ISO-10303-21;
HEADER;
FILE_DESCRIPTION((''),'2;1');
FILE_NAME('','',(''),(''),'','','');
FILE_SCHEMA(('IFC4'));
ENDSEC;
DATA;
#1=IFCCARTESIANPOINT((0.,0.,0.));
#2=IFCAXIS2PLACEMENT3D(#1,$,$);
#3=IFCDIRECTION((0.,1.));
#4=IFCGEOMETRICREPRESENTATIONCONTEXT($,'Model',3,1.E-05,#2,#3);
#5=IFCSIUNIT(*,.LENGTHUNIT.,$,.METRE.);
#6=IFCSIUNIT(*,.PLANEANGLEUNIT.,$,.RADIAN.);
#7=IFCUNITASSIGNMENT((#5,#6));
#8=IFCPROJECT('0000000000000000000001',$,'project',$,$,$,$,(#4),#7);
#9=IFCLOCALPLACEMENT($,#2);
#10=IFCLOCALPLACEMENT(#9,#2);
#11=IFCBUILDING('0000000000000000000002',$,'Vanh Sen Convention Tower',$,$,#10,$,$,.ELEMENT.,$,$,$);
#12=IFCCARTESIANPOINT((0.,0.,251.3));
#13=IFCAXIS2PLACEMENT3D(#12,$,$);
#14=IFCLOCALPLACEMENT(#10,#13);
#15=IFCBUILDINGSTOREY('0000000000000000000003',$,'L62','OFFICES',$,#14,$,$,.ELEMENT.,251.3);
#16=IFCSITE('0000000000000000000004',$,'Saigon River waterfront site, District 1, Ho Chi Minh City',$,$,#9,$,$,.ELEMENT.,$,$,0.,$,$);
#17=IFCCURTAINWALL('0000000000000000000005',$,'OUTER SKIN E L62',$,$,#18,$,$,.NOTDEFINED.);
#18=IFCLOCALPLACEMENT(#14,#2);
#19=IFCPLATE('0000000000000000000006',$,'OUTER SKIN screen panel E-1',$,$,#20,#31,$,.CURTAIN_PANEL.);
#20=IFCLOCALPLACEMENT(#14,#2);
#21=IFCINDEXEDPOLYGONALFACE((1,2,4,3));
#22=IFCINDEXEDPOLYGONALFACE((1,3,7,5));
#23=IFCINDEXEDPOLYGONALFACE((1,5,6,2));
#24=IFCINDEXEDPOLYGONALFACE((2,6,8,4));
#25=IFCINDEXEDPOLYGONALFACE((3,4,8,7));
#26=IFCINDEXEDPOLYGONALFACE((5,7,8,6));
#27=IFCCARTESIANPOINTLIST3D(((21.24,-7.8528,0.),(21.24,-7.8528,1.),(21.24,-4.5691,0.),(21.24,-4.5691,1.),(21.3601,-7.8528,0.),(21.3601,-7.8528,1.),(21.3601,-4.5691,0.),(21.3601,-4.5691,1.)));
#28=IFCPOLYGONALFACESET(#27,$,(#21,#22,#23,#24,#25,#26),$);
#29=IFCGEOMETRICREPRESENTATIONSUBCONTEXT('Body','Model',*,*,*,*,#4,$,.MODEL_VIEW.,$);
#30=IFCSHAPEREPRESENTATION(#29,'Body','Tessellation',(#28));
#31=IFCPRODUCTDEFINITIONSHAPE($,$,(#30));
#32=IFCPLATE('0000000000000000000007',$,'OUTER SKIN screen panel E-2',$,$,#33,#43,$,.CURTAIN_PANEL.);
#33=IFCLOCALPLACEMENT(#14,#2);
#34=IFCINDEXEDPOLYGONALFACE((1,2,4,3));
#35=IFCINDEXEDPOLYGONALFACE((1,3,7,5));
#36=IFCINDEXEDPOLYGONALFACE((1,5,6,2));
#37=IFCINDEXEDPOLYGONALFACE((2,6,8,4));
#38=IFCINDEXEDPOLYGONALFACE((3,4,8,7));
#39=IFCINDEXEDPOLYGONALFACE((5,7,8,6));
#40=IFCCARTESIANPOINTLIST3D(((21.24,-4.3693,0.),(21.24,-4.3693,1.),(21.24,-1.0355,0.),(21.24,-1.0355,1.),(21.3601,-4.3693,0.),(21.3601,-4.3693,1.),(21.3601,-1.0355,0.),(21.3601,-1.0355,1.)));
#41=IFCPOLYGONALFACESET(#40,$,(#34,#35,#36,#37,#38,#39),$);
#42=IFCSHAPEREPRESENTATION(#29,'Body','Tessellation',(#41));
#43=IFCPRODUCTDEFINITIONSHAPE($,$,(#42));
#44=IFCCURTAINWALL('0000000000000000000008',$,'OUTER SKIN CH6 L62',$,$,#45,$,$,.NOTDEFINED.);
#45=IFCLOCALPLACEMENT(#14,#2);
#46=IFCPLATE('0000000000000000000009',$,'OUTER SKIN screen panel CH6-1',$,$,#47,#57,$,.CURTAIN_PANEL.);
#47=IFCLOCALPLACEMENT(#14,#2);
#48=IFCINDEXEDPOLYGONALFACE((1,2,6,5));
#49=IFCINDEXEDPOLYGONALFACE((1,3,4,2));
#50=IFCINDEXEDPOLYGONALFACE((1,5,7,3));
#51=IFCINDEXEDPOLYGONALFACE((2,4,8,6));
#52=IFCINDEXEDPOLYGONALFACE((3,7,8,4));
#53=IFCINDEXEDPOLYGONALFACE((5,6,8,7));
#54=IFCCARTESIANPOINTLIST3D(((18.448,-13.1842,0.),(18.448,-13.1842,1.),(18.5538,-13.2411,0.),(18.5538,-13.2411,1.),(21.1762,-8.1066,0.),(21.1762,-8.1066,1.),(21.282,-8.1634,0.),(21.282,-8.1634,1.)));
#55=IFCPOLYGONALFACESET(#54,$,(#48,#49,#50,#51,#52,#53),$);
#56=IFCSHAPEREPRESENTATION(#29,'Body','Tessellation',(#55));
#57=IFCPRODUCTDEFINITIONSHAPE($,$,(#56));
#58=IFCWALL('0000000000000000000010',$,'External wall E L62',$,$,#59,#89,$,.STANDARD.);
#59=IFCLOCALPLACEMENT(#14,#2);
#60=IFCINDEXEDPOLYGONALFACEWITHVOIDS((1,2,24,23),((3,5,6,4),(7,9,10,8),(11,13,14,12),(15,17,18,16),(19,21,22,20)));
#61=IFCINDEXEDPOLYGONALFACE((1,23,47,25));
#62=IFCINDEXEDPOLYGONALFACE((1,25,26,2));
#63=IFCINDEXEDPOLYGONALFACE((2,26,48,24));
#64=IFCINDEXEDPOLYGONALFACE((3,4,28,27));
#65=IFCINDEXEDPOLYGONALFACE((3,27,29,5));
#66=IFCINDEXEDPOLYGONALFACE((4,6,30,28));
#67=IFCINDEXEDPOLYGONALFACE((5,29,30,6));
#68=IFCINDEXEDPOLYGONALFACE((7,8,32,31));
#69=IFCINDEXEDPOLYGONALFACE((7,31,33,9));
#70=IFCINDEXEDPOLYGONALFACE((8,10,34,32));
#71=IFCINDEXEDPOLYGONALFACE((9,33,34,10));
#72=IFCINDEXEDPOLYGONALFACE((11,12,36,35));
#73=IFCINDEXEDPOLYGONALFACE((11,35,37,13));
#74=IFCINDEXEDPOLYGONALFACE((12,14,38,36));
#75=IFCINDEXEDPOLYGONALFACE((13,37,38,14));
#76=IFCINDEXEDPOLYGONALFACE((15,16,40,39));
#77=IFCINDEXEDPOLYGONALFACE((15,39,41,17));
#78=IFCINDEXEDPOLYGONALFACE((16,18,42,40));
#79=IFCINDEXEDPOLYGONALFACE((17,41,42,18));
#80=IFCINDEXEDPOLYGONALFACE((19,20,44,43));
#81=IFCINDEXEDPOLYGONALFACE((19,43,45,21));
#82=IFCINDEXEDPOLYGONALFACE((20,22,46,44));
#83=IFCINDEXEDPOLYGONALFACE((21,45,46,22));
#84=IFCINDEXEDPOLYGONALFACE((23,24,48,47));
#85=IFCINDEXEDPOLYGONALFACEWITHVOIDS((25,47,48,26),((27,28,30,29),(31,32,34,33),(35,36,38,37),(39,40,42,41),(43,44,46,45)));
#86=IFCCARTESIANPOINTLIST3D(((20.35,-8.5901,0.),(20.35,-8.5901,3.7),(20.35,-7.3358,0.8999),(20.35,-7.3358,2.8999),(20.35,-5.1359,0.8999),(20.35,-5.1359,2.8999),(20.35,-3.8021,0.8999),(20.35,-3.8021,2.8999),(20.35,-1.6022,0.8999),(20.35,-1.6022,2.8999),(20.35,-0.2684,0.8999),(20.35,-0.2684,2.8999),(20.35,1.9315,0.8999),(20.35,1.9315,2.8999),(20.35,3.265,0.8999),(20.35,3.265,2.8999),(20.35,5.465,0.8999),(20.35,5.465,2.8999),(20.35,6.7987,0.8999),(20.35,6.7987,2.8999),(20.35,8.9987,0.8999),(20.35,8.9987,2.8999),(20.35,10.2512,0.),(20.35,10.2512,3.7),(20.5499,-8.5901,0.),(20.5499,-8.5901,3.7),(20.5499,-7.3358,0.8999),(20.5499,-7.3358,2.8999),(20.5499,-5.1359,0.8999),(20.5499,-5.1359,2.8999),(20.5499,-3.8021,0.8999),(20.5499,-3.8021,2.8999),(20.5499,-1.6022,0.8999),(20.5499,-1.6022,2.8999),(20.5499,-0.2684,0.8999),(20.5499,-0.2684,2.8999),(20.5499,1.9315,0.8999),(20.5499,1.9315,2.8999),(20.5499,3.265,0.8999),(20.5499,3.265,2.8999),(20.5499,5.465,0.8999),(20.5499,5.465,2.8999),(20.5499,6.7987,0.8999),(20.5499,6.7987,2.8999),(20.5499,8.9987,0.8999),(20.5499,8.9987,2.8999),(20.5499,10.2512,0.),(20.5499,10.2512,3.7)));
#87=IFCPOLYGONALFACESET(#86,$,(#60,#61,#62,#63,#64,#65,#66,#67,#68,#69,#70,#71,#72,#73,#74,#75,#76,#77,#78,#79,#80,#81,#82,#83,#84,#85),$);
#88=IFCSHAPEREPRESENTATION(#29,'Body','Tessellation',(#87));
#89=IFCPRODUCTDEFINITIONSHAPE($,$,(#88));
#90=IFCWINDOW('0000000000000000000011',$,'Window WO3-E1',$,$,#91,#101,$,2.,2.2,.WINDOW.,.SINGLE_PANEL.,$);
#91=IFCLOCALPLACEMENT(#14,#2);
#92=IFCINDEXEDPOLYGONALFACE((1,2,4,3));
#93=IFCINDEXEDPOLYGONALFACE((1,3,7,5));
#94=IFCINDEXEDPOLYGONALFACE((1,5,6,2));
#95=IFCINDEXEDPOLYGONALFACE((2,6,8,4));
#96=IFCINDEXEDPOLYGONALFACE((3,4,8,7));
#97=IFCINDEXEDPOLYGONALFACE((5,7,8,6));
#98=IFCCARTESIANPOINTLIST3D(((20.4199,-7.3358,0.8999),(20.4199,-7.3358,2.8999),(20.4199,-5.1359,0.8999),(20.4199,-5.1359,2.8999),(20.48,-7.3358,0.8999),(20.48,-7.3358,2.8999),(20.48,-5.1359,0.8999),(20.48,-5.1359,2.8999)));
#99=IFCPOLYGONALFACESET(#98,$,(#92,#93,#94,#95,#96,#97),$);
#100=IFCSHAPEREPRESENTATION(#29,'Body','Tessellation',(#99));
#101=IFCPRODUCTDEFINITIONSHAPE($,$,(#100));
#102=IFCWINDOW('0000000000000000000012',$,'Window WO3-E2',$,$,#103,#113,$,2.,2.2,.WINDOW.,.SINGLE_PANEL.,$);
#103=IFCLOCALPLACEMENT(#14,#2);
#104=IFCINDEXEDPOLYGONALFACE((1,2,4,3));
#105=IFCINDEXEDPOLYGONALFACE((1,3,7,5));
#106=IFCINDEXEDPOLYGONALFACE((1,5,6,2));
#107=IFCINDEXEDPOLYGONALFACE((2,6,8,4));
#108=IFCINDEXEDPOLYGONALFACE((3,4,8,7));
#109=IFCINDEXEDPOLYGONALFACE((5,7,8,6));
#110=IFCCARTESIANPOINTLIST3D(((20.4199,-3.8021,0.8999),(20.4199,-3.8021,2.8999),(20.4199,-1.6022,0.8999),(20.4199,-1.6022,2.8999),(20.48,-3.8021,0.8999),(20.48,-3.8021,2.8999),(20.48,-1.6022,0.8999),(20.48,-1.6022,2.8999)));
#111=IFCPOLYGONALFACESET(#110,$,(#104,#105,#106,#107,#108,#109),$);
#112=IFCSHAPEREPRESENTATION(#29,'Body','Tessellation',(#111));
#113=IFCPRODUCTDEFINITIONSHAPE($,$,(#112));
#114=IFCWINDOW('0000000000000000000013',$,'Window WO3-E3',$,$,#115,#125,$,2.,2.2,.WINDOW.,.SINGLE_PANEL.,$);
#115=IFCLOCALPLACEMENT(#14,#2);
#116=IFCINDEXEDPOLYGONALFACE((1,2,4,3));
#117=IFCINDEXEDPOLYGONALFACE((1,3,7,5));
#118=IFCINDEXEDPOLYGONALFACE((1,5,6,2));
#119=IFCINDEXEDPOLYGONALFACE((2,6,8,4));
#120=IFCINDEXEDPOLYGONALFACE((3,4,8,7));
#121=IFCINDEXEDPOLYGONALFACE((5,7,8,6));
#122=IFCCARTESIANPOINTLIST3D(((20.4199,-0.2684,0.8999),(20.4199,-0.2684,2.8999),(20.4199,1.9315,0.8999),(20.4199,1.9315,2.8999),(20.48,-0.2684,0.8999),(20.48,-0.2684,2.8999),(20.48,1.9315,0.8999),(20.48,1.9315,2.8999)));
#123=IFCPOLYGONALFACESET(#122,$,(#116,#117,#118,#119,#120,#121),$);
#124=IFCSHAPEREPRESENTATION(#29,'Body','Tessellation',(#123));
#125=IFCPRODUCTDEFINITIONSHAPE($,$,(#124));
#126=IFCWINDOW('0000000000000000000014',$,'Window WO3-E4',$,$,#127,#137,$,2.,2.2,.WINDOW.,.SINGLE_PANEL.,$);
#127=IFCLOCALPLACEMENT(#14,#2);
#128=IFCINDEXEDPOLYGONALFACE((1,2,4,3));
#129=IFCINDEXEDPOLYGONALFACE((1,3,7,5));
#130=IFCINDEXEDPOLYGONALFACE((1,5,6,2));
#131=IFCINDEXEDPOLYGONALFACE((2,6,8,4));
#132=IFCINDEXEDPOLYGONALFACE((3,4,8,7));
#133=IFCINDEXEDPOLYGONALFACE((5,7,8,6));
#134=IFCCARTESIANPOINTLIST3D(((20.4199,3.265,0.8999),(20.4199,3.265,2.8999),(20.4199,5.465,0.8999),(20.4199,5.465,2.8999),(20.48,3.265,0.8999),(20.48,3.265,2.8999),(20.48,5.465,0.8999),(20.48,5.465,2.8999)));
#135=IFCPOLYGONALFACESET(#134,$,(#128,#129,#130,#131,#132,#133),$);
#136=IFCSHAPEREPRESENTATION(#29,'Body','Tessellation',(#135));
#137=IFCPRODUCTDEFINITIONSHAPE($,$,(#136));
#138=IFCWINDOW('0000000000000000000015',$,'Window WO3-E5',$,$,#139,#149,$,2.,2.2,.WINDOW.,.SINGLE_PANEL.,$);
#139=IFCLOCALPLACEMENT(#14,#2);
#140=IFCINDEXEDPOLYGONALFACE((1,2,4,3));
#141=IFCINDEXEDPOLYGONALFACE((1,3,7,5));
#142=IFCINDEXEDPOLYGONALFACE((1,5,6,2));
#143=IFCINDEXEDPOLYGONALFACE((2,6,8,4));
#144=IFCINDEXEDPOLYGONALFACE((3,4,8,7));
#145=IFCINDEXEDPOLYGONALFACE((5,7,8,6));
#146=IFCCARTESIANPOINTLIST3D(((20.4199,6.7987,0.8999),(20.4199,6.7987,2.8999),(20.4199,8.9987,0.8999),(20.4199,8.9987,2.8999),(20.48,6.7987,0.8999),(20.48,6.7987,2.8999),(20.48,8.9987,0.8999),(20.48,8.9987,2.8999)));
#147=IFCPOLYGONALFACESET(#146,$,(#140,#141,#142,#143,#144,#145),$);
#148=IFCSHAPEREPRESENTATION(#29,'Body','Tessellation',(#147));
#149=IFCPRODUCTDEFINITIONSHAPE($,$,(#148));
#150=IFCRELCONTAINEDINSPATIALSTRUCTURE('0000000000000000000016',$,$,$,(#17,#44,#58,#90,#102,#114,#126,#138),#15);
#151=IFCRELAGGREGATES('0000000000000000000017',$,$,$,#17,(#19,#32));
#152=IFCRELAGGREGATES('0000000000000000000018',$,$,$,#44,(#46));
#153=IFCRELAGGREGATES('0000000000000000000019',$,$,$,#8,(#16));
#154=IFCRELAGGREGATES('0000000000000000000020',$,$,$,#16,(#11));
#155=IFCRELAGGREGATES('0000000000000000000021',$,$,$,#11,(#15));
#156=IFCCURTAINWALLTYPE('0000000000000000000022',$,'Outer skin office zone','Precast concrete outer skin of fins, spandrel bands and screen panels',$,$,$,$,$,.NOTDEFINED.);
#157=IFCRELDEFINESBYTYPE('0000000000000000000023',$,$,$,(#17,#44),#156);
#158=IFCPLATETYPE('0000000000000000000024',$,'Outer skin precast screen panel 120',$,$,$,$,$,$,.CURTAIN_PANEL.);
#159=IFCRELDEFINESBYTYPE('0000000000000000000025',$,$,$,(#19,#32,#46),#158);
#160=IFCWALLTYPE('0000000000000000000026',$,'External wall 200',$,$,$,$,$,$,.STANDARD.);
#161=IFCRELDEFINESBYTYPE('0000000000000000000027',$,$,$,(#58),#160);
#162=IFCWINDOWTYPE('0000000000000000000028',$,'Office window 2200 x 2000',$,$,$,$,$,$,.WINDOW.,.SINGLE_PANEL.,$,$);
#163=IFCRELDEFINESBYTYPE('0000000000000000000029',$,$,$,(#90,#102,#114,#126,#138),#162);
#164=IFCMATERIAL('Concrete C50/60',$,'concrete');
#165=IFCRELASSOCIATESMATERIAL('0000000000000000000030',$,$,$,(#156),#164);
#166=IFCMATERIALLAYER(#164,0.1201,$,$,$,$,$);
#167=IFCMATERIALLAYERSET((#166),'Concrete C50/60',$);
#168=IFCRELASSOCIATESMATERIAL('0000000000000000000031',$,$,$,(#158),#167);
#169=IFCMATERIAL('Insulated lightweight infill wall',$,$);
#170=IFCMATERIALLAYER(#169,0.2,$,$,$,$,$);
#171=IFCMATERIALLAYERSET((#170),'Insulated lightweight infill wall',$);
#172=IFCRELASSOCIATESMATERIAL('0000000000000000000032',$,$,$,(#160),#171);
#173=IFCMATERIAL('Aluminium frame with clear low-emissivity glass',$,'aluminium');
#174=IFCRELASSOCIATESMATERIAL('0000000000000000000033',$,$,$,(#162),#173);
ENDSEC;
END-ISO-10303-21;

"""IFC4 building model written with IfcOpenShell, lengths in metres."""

from ifc_helpers import new_model, si_unit, direction, frame, frame_2d, origin, origin_2d, place, context, subcontext, project, spatial, rectangle, extrude, material, layer, layer_set, type_object, element, fill, aggregate, save


model = new_model("IFC4")

# Units and contexts
model_context = context("Model", 3, precision=1e-05, world=origin(), true_north=direction((0.0, 1.0)))
body_context = subcontext(model_context, "Body", "Model", "MODEL_VIEW")
ifc_project = project(units=[si_unit("LENGTHUNIT", "METRE"), si_unit("PLANEANGLEUNIT", "RADIAN")], contexts=[model_context])

# Site, building, storey
site_placement = place(None, origin())
site = spatial("IfcSite", under=ifc_project, at=site_placement, Name="Saigon River waterfront site, District 1, Ho Chi Minh City", CompositionType="ELEMENT", RefElevation=0.0)
building_placement = place(site_placement, origin())
building = spatial("IfcBuilding", under=site, at=building_placement, Name="Vanh Sen Convention Tower", CompositionType="ELEMENT")
storey_placement = place(building_placement, frame((0.0, 0.0, 251.3)))
storey = spatial("IfcBuildingStorey", under=building, at=storey_placement, Name="L62", Description="OFFICES", CompositionType="ELEMENT", Elevation=251.3)

# Curtain wall
ifc_material_1 = material(Name="Concrete C50/60", Category="concrete")
curtain_wall_type = type_object("IfcCurtainWallType", Name="Outer skin office zone", Description="Precast concrete outer skin of fins, spandrel bands and screen panels", PredefinedType="NOTDEFINED", material=ifc_material_1)
curtain_wall_1_placement = place(storey_placement, origin())
curtain_wall_1 = element("IfcCurtainWall", 1, at=curtain_wall_1_placement, inside=storey, type_object=curtain_wall_type, Name="OUTER SKIN E L62", PredefinedType="NOTDEFINED")

# Plates
ifc_layer_1 = layer(ifc_material_1, 0.1201)
ifc_layer_set_1 = layer_set([ifc_layer_1], Name="Concrete C50/60")
plate_type = type_object("IfcPlateType", Name="Outer skin precast screen panel 120", PredefinedType="CURTAIN_PANEL", material=ifc_layer_set_1)
plate_1_placement = place(storey_placement, frame((21.3, -6.2109, 0.0), z_axis=(0.0, 0.0, 1.0), x_axis=(0.0, 1.0, 0.0)))
plate_1 = element("IfcPlate", 2, at=plate_1_placement, type_object=plate_type, Name="OUTER SKIN screen panel E-1", PredefinedType="CURTAIN_PANEL", context=body_context, shape_type="SweptSolid", body=[
    extrude(rectangle(XDim=3.2837, YDim=0.1201, at=origin_2d()), origin(), (0.0, 0.0, 1.0), 1.0),
])
plate_2_placement = place(storey_placement, frame((21.3, -2.7024, 0.0), z_axis=(0.0, 0.0, 1.0), x_axis=(0.0, 1.0, 0.0)))
plate_2 = element("IfcPlate", 3, at=plate_2_placement, type_object=plate_type, Name="OUTER SKIN screen panel E-2", PredefinedType="CURTAIN_PANEL", context=body_context, shape_type="SweptSolid", body=[
    extrude(rectangle(XDim=3.3337, YDim=0.1201, at=origin_2d()), origin(), (0.0, 0.0, 1.0), 1.0),
])
aggregate(curtain_wall_1, [plate_1, plate_2])

# Curtain wall, plate
curtain_wall_2_placement = place(storey_placement, origin())
curtain_wall_2 = element("IfcCurtainWall", 4, at=curtain_wall_2_placement, inside=storey, type_object=curtain_wall_type, Name="OUTER SKIN CH6 L62", PredefinedType="NOTDEFINED")
plate_3_placement = place(storey_placement, frame((19.865, -10.6738, 0.0), z_axis=(0.0, 0.0, 1.0), x_axis=(0.473314, 0.880894, 0.0)))
plate_3 = element("IfcPlate", 5, at=plate_3_placement, type_object=plate_type, Name="OUTER SKIN screen panel CH6-1", PredefinedType="CURTAIN_PANEL", context=body_context, shape_type="SweptSolid", body=[
    extrude(rectangle(XDim=5.7642, YDim=0.1201, at=origin_2d()), origin(), (0.0, 0.0, 1.0), 1.0),
])
aggregate(curtain_wall_2, [plate_3])

# Wall, openings, windows
ifc_material_2 = material(Name="Insulated lightweight infill wall")
ifc_layer_2 = layer(ifc_material_2, 0.2)
ifc_layer_set_2 = layer_set([ifc_layer_2], Name="Insulated lightweight infill wall")
wall_type = type_object("IfcWallType", Name="External wall 200", PredefinedType="STANDARD", material=ifc_layer_set_2)
wall_1_placement = place(storey_placement, frame((20.45, -8.5901, 0.0), z_axis=(0.0, 0.0, 1.0), x_axis=(0.0, 1.0, 0.0)))
wall_1 = element("IfcWall", 6, at=wall_1_placement, inside=storey, type_object=wall_type, Name="External wall E L62", PredefinedType="STANDARD", context=body_context, shape_type="SweptSolid", body=[
    extrude(rectangle(XDim=18.8413, YDim=0.2, at=frame_2d((9.4207, 0.0))), origin(), (0.0, 0.0, 1.0), 3.7),
])
opening_1_placement = place(wall_1_placement, frame((1.2542, 0.0, 0.8999)))
opening_1 = element("IfcOpeningElement", 7, at=opening_1_placement, cuts=wall_1, PredefinedType="OPENING", context=body_context, shape_type="SweptSolid", body=[
    extrude(rectangle(XDim=2.2, YDim=2.0, at=frame_2d((1.1001, 1.0))), frame((0.0, 0.1099, 0.0), z_axis=(0.0, -1.0, 0.0), x_axis=(1.0, 0.0, 0.0)), (0.0, 0.0, 1.0), 0.22),
])
opening_2_placement = place(wall_1_placement, frame((4.7878, 0.0, 0.8999)))
opening_2 = element("IfcOpeningElement", 8, at=opening_2_placement, cuts=wall_1, PredefinedType="OPENING", context=body_context, shape_type="SweptSolid", body=[
    extrude(rectangle(XDim=2.2, YDim=2.0, at=frame_2d((1.1001, 1.0))), frame((0.0, 0.1099, 0.0), z_axis=(0.0, -1.0, 0.0), x_axis=(1.0, 0.0, 0.0)), (0.0, 0.0, 1.0), 0.22),
])
opening_3_placement = place(wall_1_placement, frame((8.3215, 0.0, 0.8999)))
opening_3 = element("IfcOpeningElement", 9, at=opening_3_placement, cuts=wall_1, PredefinedType="OPENING", context=body_context, shape_type="SweptSolid", body=[
    extrude(rectangle(XDim=2.2, YDim=2.0, at=frame_2d((1.1001, 1.0))), frame((0.0, 0.1099, 0.0), z_axis=(0.0, -1.0, 0.0), x_axis=(1.0, 0.0, 0.0)), (0.0, 0.0, 1.0), 0.22),
])
opening_4_placement = place(wall_1_placement, frame((11.855, 0.0, 0.8999)))
opening_4 = element("IfcOpeningElement", 10, at=opening_4_placement, cuts=wall_1, PredefinedType="OPENING", context=body_context, shape_type="SweptSolid", body=[
    extrude(rectangle(XDim=2.2, YDim=2.0, at=frame_2d((1.1001, 1.0))), frame((0.0, 0.1099, 0.0), z_axis=(0.0, -1.0, 0.0), x_axis=(1.0, 0.0, 0.0)), (0.0, 0.0, 1.0), 0.22),
])
opening_5_placement = place(wall_1_placement, frame((15.3887, 0.0, 0.8999)))
opening_5 = element("IfcOpeningElement", 11, at=opening_5_placement, cuts=wall_1, PredefinedType="OPENING", context=body_context, shape_type="SweptSolid", body=[
    extrude(rectangle(XDim=2.2, YDim=2.0, at=frame_2d((1.1001, 1.0))), frame((0.0, 0.1099, 0.0), z_axis=(0.0, -1.0, 0.0), x_axis=(1.0, 0.0, 0.0)), (0.0, 0.0, 1.0), 0.22),
])
ifc_material_3 = material(Name="Aluminium frame with clear low-emissivity glass", Category="aluminium")
window_type_1 = type_object("IfcWindowType", Name="Office window 2200 x 2000", PartitioningType="SINGLE_PANEL", PredefinedType="WINDOW", material=ifc_material_3)
window_1_placement = place(opening_1_placement, origin())
window_1 = element("IfcWindow", 12, at=window_1_placement, inside=storey, type_object=window_type_1, Name="Window WO3-E1", OverallHeight=2.0, OverallWidth=2.2, PartitioningType="SINGLE_PANEL", PredefinedType="WINDOW", context=body_context, shape_type="SweptSolid", body=[
    extrude(rectangle(XDim=2.2, YDim=2.0, at=frame_2d((1.1001, 1.0))), frame((0.0, 0.03, 0.0), z_axis=(0.0, -1.0, 0.0), x_axis=(1.0, 0.0, 0.0)), (0.0, 0.0, 1.0), 0.0601),
])
fill(opening_1, window_1)
window_2_placement = place(opening_2_placement, origin())
window_2 = element("IfcWindow", 13, at=window_2_placement, inside=storey, type_object=window_type_1, Name="Window WO3-E2", OverallHeight=2.0, OverallWidth=2.2, PartitioningType="SINGLE_PANEL", PredefinedType="WINDOW", context=body_context, shape_type="SweptSolid", body=[
    extrude(rectangle(XDim=2.2, YDim=2.0, at=frame_2d((1.1001, 1.0))), frame((0.0, 0.03, 0.0), z_axis=(0.0, -1.0, 0.0), x_axis=(1.0, 0.0, 0.0)), (0.0, 0.0, 1.0), 0.0601),
])
fill(opening_2, window_2)
window_3_placement = place(opening_3_placement, origin())
window_3 = element("IfcWindow", 14, at=window_3_placement, inside=storey, type_object=window_type_1, Name="Window WO3-E3", OverallHeight=2.0, OverallWidth=2.2, PartitioningType="SINGLE_PANEL", PredefinedType="WINDOW", context=body_context, shape_type="SweptSolid", body=[
    extrude(rectangle(XDim=2.2, YDim=2.0, at=frame_2d((1.1001, 1.0))), frame((0.0, 0.03, 0.0), z_axis=(0.0, -1.0, 0.0), x_axis=(1.0, 0.0, 0.0)), (0.0, 0.0, 1.0), 0.0601),
])
fill(opening_3, window_3)
window_4_placement = place(opening_4_placement, origin())
window_4 = element("IfcWindow", 15, at=window_4_placement, inside=storey, type_object=window_type_1, Name="Window WO3-E4", OverallHeight=2.0, OverallWidth=2.2, PartitioningType="SINGLE_PANEL", PredefinedType="WINDOW", context=body_context, shape_type="SweptSolid", body=[
    extrude(rectangle(XDim=2.2, YDim=2.0, at=frame_2d((1.1001, 1.0))), frame((0.0, 0.03, 0.0), z_axis=(0.0, -1.0, 0.0), x_axis=(1.0, 0.0, 0.0)), (0.0, 0.0, 1.0), 0.0601),
])
fill(opening_4, window_4)
window_5_placement = place(opening_5_placement, origin())
window_5 = element("IfcWindow", 16, at=window_5_placement, inside=storey, type_object=window_type_1, Name="Window WO3-E5", OverallHeight=2.0, OverallWidth=2.2, PartitioningType="SINGLE_PANEL", PredefinedType="WINDOW", context=body_context, shape_type="SweptSolid", body=[
    extrude(rectangle(XDim=2.2, YDim=2.0, at=frame_2d((1.1001, 1.0))), frame((0.0, 0.03, 0.0), z_axis=(0.0, -1.0, 0.0), x_axis=(1.0, 0.0, 0.0)), (0.0, 0.0, 1.0), 0.0601),
])
fill(opening_5, window_5)

save(model, "model.ifc")
